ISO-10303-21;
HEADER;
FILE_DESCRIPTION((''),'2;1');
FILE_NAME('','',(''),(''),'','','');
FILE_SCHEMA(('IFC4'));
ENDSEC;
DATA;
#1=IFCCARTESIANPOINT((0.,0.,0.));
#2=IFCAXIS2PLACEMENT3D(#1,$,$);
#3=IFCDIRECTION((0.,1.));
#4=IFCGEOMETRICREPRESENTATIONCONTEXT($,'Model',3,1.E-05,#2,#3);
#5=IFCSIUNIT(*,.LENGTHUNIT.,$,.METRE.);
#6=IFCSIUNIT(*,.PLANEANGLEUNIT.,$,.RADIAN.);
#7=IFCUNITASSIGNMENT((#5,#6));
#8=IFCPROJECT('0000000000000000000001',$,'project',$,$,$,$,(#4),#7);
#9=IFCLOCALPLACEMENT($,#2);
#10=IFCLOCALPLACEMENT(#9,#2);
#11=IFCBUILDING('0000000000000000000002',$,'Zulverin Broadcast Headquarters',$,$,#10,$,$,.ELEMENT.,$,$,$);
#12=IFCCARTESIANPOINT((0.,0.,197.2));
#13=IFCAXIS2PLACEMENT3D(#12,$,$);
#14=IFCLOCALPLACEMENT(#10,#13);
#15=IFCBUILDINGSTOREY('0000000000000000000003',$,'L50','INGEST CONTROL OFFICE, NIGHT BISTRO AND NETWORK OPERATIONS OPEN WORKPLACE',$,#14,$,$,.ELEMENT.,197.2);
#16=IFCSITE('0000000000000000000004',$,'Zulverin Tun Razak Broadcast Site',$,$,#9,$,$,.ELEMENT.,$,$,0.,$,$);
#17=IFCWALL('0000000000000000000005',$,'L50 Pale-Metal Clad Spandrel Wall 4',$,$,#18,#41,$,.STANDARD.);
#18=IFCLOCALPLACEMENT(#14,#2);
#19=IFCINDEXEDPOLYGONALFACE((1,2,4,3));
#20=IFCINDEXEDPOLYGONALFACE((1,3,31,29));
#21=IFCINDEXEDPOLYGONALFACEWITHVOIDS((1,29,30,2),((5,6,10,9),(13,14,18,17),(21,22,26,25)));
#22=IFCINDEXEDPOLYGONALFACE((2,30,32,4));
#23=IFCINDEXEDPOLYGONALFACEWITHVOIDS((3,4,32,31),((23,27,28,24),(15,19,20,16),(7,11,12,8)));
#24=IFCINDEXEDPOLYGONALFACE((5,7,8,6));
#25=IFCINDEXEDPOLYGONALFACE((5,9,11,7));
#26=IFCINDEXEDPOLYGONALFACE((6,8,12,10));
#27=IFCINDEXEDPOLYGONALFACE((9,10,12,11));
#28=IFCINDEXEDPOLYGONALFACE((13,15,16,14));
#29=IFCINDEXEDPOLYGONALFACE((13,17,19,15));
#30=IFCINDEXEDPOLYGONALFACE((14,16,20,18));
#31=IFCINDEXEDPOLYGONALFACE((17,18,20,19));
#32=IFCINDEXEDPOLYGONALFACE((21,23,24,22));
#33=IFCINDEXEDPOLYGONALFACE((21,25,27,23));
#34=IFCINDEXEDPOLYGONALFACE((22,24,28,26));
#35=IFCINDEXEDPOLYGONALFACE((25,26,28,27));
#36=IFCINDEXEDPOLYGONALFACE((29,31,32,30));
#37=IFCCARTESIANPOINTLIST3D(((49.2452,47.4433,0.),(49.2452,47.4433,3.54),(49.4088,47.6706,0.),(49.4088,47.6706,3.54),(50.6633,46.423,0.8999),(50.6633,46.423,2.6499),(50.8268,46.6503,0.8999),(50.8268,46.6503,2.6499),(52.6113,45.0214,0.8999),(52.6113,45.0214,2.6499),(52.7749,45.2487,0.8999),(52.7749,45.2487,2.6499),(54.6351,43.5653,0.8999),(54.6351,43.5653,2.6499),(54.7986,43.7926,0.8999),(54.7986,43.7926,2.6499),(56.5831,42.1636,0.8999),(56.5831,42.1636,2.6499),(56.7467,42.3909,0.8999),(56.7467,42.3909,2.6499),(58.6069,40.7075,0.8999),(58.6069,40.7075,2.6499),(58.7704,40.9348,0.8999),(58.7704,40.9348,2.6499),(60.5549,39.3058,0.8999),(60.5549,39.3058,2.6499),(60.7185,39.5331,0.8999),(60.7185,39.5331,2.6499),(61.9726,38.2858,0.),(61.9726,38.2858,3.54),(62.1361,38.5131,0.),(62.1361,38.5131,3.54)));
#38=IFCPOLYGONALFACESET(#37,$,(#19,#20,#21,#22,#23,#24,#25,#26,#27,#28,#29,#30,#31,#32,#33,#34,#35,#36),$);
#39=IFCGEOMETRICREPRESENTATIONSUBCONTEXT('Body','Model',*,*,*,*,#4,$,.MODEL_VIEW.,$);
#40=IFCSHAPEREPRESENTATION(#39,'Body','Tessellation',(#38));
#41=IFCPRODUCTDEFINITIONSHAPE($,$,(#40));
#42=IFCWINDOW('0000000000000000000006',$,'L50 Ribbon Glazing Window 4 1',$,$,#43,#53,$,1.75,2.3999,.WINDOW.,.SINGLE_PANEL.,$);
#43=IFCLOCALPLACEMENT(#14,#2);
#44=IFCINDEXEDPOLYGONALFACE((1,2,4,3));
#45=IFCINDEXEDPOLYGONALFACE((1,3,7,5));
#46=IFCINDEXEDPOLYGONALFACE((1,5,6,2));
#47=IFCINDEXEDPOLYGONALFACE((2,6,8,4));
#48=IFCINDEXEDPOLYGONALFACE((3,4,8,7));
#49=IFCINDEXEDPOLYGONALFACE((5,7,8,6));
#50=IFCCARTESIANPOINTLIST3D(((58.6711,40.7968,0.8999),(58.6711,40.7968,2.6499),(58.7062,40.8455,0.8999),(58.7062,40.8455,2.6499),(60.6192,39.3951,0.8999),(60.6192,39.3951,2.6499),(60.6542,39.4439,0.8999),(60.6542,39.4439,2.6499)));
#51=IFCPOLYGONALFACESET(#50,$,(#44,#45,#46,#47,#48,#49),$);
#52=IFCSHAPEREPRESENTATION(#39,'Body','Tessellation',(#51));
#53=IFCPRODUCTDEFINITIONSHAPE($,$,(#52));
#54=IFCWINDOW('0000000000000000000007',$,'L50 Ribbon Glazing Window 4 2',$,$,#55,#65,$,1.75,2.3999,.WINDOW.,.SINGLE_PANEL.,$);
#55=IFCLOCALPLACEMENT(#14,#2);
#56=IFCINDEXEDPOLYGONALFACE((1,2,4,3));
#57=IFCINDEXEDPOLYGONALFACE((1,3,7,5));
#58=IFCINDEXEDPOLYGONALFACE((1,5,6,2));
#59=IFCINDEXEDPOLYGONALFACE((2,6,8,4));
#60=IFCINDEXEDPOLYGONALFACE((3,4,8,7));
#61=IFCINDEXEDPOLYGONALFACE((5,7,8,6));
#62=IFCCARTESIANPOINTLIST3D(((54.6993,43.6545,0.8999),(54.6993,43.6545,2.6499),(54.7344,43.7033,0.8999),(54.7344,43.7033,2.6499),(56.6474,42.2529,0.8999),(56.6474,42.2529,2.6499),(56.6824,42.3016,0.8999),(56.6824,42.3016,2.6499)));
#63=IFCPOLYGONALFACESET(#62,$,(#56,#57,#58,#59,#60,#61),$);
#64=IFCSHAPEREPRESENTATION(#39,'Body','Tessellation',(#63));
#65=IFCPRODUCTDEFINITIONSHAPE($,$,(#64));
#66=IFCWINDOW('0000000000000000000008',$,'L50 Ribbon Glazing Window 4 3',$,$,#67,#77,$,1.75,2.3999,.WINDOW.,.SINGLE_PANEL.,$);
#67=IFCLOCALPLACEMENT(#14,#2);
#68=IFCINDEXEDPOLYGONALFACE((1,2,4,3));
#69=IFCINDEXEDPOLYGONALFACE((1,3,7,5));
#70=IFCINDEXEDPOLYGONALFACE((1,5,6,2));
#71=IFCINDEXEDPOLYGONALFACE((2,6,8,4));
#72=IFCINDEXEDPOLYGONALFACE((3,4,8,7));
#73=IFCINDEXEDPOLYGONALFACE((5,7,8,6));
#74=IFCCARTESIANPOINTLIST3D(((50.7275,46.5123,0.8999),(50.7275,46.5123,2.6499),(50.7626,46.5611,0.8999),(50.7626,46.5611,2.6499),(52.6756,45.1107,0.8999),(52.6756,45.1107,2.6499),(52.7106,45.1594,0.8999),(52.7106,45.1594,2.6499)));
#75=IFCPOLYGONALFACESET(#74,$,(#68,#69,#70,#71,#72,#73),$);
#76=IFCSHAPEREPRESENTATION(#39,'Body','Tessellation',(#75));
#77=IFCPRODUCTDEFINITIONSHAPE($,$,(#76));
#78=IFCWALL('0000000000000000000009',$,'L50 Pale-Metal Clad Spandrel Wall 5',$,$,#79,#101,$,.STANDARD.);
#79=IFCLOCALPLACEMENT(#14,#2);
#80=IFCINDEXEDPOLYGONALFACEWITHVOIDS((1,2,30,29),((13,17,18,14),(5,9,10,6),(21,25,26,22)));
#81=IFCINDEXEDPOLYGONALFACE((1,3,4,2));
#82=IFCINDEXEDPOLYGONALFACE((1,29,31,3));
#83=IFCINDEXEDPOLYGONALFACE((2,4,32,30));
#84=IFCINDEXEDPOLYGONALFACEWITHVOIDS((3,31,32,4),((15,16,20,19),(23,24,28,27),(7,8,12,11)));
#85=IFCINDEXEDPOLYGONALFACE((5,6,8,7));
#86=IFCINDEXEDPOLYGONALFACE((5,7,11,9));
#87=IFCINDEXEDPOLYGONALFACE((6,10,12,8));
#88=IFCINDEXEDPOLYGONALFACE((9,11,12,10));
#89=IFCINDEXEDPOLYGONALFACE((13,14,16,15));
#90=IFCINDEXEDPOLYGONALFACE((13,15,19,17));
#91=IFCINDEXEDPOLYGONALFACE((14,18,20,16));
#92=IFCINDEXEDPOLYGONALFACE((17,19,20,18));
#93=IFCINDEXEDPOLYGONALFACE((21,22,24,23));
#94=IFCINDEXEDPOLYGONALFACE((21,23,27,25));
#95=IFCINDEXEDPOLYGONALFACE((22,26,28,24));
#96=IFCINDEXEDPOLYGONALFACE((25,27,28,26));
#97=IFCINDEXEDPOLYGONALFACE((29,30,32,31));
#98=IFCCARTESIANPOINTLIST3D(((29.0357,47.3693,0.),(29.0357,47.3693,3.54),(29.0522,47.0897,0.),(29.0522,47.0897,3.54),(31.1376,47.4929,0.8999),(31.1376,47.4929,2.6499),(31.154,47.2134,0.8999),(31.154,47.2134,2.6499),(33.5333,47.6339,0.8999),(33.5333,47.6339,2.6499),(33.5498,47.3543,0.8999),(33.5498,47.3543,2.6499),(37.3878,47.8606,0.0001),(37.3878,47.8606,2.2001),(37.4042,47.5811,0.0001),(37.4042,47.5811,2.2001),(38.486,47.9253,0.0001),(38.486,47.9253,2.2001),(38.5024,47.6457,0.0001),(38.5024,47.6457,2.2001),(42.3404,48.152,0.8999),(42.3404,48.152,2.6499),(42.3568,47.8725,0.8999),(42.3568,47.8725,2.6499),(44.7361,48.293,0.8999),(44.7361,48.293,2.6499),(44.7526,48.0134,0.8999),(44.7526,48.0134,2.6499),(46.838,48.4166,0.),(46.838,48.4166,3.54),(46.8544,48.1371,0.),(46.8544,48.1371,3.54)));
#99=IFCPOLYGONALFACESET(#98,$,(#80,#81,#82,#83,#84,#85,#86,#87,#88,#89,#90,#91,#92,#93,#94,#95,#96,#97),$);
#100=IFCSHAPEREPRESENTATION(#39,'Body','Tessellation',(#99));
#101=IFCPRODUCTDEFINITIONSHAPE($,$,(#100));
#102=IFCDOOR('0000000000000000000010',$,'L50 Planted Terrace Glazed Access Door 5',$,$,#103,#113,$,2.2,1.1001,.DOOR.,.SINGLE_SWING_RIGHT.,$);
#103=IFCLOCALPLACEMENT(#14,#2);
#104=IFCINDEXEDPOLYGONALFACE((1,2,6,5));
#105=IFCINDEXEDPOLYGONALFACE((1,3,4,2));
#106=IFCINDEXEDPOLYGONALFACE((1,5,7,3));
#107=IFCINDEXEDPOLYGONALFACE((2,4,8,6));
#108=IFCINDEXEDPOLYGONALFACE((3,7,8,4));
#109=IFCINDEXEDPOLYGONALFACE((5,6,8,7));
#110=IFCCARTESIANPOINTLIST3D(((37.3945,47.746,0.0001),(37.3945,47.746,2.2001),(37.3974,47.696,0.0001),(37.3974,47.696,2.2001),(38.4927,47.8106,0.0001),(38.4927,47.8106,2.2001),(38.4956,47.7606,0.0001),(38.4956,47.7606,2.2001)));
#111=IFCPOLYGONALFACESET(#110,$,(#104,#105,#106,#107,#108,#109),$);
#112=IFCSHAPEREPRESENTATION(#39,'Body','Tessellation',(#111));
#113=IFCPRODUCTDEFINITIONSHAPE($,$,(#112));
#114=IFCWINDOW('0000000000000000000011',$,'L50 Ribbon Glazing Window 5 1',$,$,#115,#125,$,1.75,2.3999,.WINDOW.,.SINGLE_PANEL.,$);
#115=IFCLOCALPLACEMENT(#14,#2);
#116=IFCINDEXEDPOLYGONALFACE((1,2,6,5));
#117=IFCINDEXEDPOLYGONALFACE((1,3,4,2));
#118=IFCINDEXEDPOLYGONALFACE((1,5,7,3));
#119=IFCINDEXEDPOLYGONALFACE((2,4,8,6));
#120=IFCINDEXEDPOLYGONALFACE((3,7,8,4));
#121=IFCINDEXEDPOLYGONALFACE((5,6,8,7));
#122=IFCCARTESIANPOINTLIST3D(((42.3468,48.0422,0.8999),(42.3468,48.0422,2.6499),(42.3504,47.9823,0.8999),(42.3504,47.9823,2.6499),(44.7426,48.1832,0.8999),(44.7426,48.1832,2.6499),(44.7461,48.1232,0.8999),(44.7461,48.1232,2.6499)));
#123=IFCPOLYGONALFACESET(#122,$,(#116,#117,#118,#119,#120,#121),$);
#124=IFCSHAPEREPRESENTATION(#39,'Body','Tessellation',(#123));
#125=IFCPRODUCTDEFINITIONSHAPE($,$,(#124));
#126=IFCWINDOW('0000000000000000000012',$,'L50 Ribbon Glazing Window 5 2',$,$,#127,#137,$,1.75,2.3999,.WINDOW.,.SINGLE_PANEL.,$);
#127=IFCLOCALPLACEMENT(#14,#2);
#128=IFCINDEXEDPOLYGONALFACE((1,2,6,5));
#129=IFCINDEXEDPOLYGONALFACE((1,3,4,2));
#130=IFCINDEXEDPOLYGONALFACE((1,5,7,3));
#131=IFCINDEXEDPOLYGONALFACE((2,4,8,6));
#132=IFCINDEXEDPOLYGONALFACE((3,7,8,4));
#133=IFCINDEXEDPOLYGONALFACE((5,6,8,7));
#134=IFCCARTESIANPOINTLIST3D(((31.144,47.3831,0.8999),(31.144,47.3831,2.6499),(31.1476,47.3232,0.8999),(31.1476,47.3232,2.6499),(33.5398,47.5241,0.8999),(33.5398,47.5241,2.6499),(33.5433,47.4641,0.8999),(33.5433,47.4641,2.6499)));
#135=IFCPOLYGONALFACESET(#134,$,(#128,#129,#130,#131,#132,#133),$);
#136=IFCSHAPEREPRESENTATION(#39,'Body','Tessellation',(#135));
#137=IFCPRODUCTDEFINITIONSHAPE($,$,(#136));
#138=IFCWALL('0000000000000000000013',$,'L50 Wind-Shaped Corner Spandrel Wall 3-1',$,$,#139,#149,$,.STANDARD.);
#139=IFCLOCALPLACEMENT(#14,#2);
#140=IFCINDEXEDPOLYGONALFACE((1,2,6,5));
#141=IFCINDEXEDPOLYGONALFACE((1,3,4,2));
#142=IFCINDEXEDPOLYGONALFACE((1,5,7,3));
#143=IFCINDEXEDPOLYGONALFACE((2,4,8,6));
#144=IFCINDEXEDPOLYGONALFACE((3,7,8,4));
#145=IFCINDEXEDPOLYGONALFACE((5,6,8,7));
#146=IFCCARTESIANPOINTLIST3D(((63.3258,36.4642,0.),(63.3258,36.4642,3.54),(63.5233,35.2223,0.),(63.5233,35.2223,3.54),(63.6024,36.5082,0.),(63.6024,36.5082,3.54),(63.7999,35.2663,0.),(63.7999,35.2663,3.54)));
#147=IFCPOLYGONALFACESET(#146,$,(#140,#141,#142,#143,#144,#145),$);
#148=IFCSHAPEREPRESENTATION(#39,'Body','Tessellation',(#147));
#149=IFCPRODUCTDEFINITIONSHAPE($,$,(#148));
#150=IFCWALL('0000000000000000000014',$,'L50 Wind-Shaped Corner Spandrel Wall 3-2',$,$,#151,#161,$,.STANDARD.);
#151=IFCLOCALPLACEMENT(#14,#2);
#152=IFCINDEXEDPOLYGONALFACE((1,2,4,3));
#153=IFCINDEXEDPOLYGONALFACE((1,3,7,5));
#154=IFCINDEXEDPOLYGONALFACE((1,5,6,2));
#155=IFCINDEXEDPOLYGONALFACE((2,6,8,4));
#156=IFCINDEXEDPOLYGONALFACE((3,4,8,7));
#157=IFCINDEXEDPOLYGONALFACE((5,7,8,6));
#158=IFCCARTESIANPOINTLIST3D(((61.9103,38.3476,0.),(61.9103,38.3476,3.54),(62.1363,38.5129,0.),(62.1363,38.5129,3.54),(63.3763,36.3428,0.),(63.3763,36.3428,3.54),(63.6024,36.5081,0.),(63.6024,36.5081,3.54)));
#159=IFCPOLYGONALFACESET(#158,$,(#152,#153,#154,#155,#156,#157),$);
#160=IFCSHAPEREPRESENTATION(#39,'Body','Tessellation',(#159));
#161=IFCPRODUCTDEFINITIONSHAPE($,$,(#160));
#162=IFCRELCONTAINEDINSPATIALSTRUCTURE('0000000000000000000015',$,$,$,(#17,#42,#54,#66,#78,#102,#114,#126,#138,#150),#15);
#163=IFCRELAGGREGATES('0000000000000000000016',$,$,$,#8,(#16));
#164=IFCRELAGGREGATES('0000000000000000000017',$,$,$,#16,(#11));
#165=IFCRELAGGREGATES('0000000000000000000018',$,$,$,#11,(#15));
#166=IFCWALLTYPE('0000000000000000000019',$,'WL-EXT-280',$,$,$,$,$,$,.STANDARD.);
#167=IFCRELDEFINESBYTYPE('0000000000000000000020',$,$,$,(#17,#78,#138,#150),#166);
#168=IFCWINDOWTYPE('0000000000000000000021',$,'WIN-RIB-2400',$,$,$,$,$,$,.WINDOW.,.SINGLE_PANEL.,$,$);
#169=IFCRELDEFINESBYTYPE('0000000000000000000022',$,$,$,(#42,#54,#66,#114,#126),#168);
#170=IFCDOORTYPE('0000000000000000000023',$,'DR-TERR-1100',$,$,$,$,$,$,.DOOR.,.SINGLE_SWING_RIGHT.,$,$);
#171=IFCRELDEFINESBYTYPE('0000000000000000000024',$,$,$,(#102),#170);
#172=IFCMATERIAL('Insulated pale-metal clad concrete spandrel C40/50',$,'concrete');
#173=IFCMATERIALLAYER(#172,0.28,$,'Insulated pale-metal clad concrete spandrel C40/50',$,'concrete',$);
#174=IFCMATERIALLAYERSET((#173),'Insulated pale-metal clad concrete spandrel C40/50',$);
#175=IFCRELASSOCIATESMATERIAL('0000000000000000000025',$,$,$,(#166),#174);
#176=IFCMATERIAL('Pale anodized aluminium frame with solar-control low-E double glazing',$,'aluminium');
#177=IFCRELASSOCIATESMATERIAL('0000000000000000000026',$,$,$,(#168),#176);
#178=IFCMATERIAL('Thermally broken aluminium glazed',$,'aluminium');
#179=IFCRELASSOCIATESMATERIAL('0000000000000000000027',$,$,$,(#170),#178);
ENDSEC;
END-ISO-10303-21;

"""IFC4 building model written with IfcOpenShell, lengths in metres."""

from ifc_helpers import new_model, si_unit, direction, frame, frame_2d, origin, place, context, subcontext, project, spatial, rectangle, extrude, material, layer, layer_set, type_object, element, fill, save


model = new_model("IFC4")

# Units and contexts
model_context = context("Model", 3, precision=1e-05, world=origin(), true_north=direction((0.0, 1.0)))
body_context = subcontext(model_context, "Body", "Model", "MODEL_VIEW")
ifc_project = project(units=[si_unit("LENGTHUNIT", "METRE"), si_unit("PLANEANGLEUNIT", "RADIAN")], contexts=[model_context])

# Site, building, storey
site_placement = place(None, origin())
site = spatial("IfcSite", under=ifc_project, at=site_placement, Name="Zulverin Tun Razak Broadcast Site", CompositionType="ELEMENT", RefElevation=0.0)
building_placement = place(site_placement, origin())
building = spatial("IfcBuilding", under=site, at=building_placement, Name="Zulverin Broadcast Headquarters", CompositionType="ELEMENT")
storey_placement = place(building_placement, frame((0.0, 0.0, 197.2)))
storey = spatial("IfcBuildingStorey", under=building, at=storey_placement, Name="L50", Description="INGEST CONTROL OFFICE, NIGHT BISTRO AND NETWORK OPERATIONS OPEN WORKPLACE", CompositionType="ELEMENT", Elevation=197.2)

# Wall, openings, windows
ifc_material_1 = material(Name="Insulated pale-metal clad concrete spandrel C40/50", Category="concrete")
ifc_layer_1 = layer(ifc_material_1, 0.28, Name="Insulated pale-metal clad concrete spandrel C40/50", Category="concrete")
ifc_layer_set_1 = layer_set([ifc_layer_1], Name="Insulated pale-metal clad concrete spandrel C40/50")
wall_type = type_object("IfcWallType", Name="WL-EXT-280", PredefinedType="STANDARD", material=ifc_layer_set_1)
wall_1_placement = place(storey_placement, frame((62.0544, 38.3994, 0.0), z_axis=(0.0, 0.0, 1.0), x_axis=(-0.811721, 0.584045, 0.0)))
wall_1 = element("IfcWall", 1, at=wall_1_placement, inside=storey, type_object=wall_type, Name="L50 Pale-Metal Clad Spandrel Wall 4", PredefinedType="STANDARD", context=body_context, shape_type="SweptSolid", body=[
    extrude(rectangle(XDim=15.6794, YDim=0.28, at=frame_2d((7.8398, 0.0))), origin(), (0.0, 0.0, 1.0), 3.54),
])
opening_1_placement = place(wall_1_placement, frame((1.7466, 0.0, 0.8999)))
opening_1 = element("IfcOpeningElement", 2, at=opening_1_placement, cuts=wall_1, PredefinedType="OPENING", context=body_context, shape_type="SweptSolid", body=[
    extrude(rectangle(XDim=2.3999, YDim=1.75, at=frame_2d((1.2, 0.875))), frame((0.0, 0.1499, 0.0), z_axis=(0.0, -1.0, 0.0), x_axis=(1.0, 0.0, 0.0)), (0.0, 0.0, 1.0), 0.3),
])
opening_2_placement = place(wall_1_placement, frame((6.6396, 0.0, 0.8999)))
opening_2 = element("IfcOpeningElement", 3, at=opening_2_placement, cuts=wall_1, PredefinedType="OPENING", context=body_context, shape_type="SweptSolid", body=[
    extrude(rectangle(XDim=2.3999, YDim=1.75, at=frame_2d((1.2, 0.875))), frame((0.0, 0.1499, 0.0), z_axis=(0.0, -1.0, 0.0), x_axis=(1.0, 0.0, 0.0)), (0.0, 0.0, 1.0), 0.3),
])
opening_3_placement = place(wall_1_placement, frame((11.5327, 0.0, 0.8999)))
opening_3 = element("IfcOpeningElement", 4, at=opening_3_placement, cuts=wall_1, PredefinedType="OPENING", context=body_context, shape_type="SweptSolid", body=[
    extrude(rectangle(XDim=2.3999, YDim=1.75, at=frame_2d((1.2, 0.875))), frame((0.0, 0.1499, 0.0), z_axis=(0.0, -1.0, 0.0), x_axis=(1.0, 0.0, 0.0)), (0.0, 0.0, 1.0), 0.3),
])
ifc_material_2 = material(Name="Pale anodized aluminium frame with solar-control low-E double glazing", Category="aluminium")
window_type = type_object("IfcWindowType", Name="WIN-RIB-2400", PartitioningType="SINGLE_PANEL", PredefinedType="WINDOW", material=ifc_material_2)
window_1_placement = place(opening_1_placement, origin())
window_1 = element("IfcWindow", 5, at=window_1_placement, inside=storey, type_object=window_type, Name="L50 Ribbon Glazing Window 4 1", OverallHeight=1.75, OverallWidth=2.3999, PartitioningType="SINGLE_PANEL", PredefinedType="WINDOW", context=body_context, shape_type="SweptSolid", body=[
    extrude(rectangle(XDim=2.3999, YDim=1.75, at=frame_2d((1.2, 0.875))), frame((0.0, 0.03, 0.0), z_axis=(0.0, -1.0, 0.0), x_axis=(1.0, 0.0, 0.0)), (0.0, 0.0, 1.0), 0.0601),
])
fill(opening_1, window_1)
window_2_placement = place(opening_2_placement, origin())
window_2 = element("IfcWindow", 6, at=window_2_placement, inside=storey, type_object=window_type, Name="L50 Ribbon Glazing Window 4 2", OverallHeight=1.75, OverallWidth=2.3999, PartitioningType="SINGLE_PANEL", PredefinedType="WINDOW", context=body_context, shape_type="SweptSolid", body=[
    extrude(rectangle(XDim=2.3999, YDim=1.75, at=frame_2d((1.2, 0.875))), frame((0.0, 0.03, 0.0), z_axis=(0.0, -1.0, 0.0), x_axis=(1.0, 0.0, 0.0)), (0.0, 0.0, 1.0), 0.0601),
])
fill(opening_2, window_2)
window_3_placement = place(opening_3_placement, origin())
window_3 = element("IfcWindow", 7, at=window_3_placement, inside=storey, type_object=window_type, Name="L50 Ribbon Glazing Window 4 3", OverallHeight=1.75, OverallWidth=2.3999, PartitioningType="SINGLE_PANEL", PredefinedType="WINDOW", context=body_context, shape_type="SweptSolid", body=[
    extrude(rectangle(XDim=2.3999, YDim=1.75, at=frame_2d((1.2, 0.875))), frame((0.0, 0.03, 0.0), z_axis=(0.0, -1.0, 0.0), x_axis=(1.0, 0.0, 0.0)), (0.0, 0.0, 1.0), 0.0601),
])
fill(opening_3, window_3)

# Wall, openings, door, windows
wall_2_placement = place(storey_placement, frame((46.8462, 48.2769, 0.0), z_axis=(0.0, 0.0, 1.0), x_axis=(-0.998274, -0.058732, 0.0)))
wall_2 = element("IfcWall", 8, at=wall_2_placement, inside=storey, type_object=wall_type, Name="L50 Pale-Metal Clad Spandrel Wall 5", PredefinedType="STANDARD", context=body_context, shape_type="SweptSolid", body=[
    extrude(rectangle(XDim=17.833, YDim=0.28, at=frame_2d((8.9165, 0.0))), origin(), (0.0, 0.0, 1.0), 3.54),
])
opening_4_placement = place(wall_2_placement, frame((8.3665, 0.0, 0.0)))
opening_4 = element("IfcOpeningElement", 9, at=opening_4_placement, cuts=wall_2, PredefinedType="OPENING", context=body_context, shape_type="SweptSolid", body=[
    extrude(rectangle(XDim=1.1001, YDim=2.2, at=frame_2d((0.55, 1.1001))), frame((0.0, 0.1499, 0.0), z_axis=(0.0, -1.0, 0.0), x_axis=(1.0, 0.0, 0.0)), (0.0, 0.0, 1.0), 0.3),
])
opening_5_placement = place(wall_2_placement, frame((2.1055, 0.0, 0.8999)))
opening_5 = element("IfcOpeningElement", 10, at=opening_5_placement, cuts=wall_2, PredefinedType="OPENING", context=body_context, shape_type="SweptSolid", body=[
    extrude(rectangle(XDim=2.3999, YDim=1.75, at=frame_2d((1.2, 0.875))), frame((0.0, 0.1499, 0.0), z_axis=(0.0, -1.0, 0.0), x_axis=(1.0, 0.0, 0.0)), (0.0, 0.0, 1.0), 0.3),
])
opening_6_placement = place(wall_2_placement, frame((13.3276, 0.0, 0.8999)))
opening_6 = element("IfcOpeningElement", 11, at=opening_6_placement, cuts=wall_2, PredefinedType="OPENING", context=body_context, shape_type="SweptSolid", body=[
    extrude(rectangle(XDim=2.3999, YDim=1.75, at=frame_2d((1.2, 0.875))), frame((0.0, 0.1499, 0.0), z_axis=(0.0, -1.0, 0.0), x_axis=(1.0, 0.0, 0.0)), (0.0, 0.0, 1.0), 0.3),
])
ifc_material_3 = material(Name="Thermally broken aluminium glazed", Category="aluminium")
door_type = type_object("IfcDoorType", Name="DR-TERR-1100", OperationType="SINGLE_SWING_RIGHT", PredefinedType="DOOR", material=ifc_material_3)
door_placement = place(opening_4_placement, origin())
door = element("IfcDoor", 12, at=door_placement, inside=storey, type_object=door_type, Name="L50 Planted Terrace Glazed Access Door 5", OperationType="SINGLE_SWING_RIGHT", OverallHeight=2.2, OverallWidth=1.1001, PredefinedType="DOOR", context=body_context, shape_type="SweptSolid", body=[
    extrude(rectangle(XDim=1.1001, YDim=2.2, at=frame_2d((0.55, 1.1001))), frame((0.0, 0.0249, 0.0), z_axis=(0.0, -1.0, 0.0), x_axis=(1.0, 0.0, 0.0)), (0.0, 0.0, 1.0), 0.05),
])
fill(opening_4, door)
window_4_placement = place(opening_5_placement, origin())
window_4 = element("IfcWindow", 13, at=window_4_placement, inside=storey, type_object=window_type, Name="L50 Ribbon Glazing Window 5 1", OverallHeight=1.75, OverallWidth=2.3999, PartitioningType="SINGLE_PANEL", PredefinedType="WINDOW", context=body_context, shape_type="SweptSolid", body=[
    extrude(rectangle(XDim=2.3999, YDim=1.75, at=frame_2d((1.2, 0.875))), frame((0.0, 0.03, 0.0), z_axis=(0.0, -1.0, 0.0), x_axis=(1.0, 0.0, 0.0)), (0.0, 0.0, 1.0), 0.0601),
])
fill(opening_5, window_4)
window_5_placement = place(opening_6_placement, origin())
window_5 = element("IfcWindow", 14, at=window_5_placement, inside=storey, type_object=window_type, Name="L50 Ribbon Glazing Window 5 2", OverallHeight=1.75, OverallWidth=2.3999, PartitioningType="SINGLE_PANEL", PredefinedType="WINDOW", context=body_context, shape_type="SweptSolid", body=[
    extrude(rectangle(XDim=2.3999, YDim=1.75, at=frame_2d((1.2, 0.875))), frame((0.0, 0.03, 0.0), z_axis=(0.0, -1.0, 0.0), x_axis=(1.0, 0.0, 0.0)), (0.0, 0.0, 1.0), 0.0601),
])
fill(opening_6, window_5)

# Walls
wall_3_placement = place(storey_placement, frame((63.6616, 35.2441, 0.0), z_axis=(0.0, 0.0, 1.0), x_axis=(-0.157059, 0.987589, 0.0)))
element("IfcWall", 15, at=wall_3_placement, inside=storey, type_object=wall_type, Name="L50 Wind-Shaped Corner Spandrel Wall 3-1", PredefinedType="STANDARD", context=body_context, shape_type="SweptSolid", body=[
    extrude(rectangle(XDim=1.2576, YDim=0.28, at=frame_2d((0.6289, 0.0))), origin(), (0.0, 0.0, 1.0), 3.54),
])
wall_4_placement = place(storey_placement, frame((63.4893, 36.4255, 0.0), z_axis=(0.0, 0.0, 1.0), x_axis=(-0.590268, 0.807207, 0.0)))
element("IfcWall", 16, at=wall_4_placement, inside=storey, type_object=wall_type, Name="L50 Wind-Shaped Corner Spandrel Wall 3-2", PredefinedType="STANDARD", context=body_context, shape_type="SweptSolid", body=[
    extrude(rectangle(XDim=2.4836, YDim=0.28, at=frame_2d((1.2417, 0.0))), origin(), (0.0, 0.0, 1.0), 3.54),
])

save(model, "model.ifc")
